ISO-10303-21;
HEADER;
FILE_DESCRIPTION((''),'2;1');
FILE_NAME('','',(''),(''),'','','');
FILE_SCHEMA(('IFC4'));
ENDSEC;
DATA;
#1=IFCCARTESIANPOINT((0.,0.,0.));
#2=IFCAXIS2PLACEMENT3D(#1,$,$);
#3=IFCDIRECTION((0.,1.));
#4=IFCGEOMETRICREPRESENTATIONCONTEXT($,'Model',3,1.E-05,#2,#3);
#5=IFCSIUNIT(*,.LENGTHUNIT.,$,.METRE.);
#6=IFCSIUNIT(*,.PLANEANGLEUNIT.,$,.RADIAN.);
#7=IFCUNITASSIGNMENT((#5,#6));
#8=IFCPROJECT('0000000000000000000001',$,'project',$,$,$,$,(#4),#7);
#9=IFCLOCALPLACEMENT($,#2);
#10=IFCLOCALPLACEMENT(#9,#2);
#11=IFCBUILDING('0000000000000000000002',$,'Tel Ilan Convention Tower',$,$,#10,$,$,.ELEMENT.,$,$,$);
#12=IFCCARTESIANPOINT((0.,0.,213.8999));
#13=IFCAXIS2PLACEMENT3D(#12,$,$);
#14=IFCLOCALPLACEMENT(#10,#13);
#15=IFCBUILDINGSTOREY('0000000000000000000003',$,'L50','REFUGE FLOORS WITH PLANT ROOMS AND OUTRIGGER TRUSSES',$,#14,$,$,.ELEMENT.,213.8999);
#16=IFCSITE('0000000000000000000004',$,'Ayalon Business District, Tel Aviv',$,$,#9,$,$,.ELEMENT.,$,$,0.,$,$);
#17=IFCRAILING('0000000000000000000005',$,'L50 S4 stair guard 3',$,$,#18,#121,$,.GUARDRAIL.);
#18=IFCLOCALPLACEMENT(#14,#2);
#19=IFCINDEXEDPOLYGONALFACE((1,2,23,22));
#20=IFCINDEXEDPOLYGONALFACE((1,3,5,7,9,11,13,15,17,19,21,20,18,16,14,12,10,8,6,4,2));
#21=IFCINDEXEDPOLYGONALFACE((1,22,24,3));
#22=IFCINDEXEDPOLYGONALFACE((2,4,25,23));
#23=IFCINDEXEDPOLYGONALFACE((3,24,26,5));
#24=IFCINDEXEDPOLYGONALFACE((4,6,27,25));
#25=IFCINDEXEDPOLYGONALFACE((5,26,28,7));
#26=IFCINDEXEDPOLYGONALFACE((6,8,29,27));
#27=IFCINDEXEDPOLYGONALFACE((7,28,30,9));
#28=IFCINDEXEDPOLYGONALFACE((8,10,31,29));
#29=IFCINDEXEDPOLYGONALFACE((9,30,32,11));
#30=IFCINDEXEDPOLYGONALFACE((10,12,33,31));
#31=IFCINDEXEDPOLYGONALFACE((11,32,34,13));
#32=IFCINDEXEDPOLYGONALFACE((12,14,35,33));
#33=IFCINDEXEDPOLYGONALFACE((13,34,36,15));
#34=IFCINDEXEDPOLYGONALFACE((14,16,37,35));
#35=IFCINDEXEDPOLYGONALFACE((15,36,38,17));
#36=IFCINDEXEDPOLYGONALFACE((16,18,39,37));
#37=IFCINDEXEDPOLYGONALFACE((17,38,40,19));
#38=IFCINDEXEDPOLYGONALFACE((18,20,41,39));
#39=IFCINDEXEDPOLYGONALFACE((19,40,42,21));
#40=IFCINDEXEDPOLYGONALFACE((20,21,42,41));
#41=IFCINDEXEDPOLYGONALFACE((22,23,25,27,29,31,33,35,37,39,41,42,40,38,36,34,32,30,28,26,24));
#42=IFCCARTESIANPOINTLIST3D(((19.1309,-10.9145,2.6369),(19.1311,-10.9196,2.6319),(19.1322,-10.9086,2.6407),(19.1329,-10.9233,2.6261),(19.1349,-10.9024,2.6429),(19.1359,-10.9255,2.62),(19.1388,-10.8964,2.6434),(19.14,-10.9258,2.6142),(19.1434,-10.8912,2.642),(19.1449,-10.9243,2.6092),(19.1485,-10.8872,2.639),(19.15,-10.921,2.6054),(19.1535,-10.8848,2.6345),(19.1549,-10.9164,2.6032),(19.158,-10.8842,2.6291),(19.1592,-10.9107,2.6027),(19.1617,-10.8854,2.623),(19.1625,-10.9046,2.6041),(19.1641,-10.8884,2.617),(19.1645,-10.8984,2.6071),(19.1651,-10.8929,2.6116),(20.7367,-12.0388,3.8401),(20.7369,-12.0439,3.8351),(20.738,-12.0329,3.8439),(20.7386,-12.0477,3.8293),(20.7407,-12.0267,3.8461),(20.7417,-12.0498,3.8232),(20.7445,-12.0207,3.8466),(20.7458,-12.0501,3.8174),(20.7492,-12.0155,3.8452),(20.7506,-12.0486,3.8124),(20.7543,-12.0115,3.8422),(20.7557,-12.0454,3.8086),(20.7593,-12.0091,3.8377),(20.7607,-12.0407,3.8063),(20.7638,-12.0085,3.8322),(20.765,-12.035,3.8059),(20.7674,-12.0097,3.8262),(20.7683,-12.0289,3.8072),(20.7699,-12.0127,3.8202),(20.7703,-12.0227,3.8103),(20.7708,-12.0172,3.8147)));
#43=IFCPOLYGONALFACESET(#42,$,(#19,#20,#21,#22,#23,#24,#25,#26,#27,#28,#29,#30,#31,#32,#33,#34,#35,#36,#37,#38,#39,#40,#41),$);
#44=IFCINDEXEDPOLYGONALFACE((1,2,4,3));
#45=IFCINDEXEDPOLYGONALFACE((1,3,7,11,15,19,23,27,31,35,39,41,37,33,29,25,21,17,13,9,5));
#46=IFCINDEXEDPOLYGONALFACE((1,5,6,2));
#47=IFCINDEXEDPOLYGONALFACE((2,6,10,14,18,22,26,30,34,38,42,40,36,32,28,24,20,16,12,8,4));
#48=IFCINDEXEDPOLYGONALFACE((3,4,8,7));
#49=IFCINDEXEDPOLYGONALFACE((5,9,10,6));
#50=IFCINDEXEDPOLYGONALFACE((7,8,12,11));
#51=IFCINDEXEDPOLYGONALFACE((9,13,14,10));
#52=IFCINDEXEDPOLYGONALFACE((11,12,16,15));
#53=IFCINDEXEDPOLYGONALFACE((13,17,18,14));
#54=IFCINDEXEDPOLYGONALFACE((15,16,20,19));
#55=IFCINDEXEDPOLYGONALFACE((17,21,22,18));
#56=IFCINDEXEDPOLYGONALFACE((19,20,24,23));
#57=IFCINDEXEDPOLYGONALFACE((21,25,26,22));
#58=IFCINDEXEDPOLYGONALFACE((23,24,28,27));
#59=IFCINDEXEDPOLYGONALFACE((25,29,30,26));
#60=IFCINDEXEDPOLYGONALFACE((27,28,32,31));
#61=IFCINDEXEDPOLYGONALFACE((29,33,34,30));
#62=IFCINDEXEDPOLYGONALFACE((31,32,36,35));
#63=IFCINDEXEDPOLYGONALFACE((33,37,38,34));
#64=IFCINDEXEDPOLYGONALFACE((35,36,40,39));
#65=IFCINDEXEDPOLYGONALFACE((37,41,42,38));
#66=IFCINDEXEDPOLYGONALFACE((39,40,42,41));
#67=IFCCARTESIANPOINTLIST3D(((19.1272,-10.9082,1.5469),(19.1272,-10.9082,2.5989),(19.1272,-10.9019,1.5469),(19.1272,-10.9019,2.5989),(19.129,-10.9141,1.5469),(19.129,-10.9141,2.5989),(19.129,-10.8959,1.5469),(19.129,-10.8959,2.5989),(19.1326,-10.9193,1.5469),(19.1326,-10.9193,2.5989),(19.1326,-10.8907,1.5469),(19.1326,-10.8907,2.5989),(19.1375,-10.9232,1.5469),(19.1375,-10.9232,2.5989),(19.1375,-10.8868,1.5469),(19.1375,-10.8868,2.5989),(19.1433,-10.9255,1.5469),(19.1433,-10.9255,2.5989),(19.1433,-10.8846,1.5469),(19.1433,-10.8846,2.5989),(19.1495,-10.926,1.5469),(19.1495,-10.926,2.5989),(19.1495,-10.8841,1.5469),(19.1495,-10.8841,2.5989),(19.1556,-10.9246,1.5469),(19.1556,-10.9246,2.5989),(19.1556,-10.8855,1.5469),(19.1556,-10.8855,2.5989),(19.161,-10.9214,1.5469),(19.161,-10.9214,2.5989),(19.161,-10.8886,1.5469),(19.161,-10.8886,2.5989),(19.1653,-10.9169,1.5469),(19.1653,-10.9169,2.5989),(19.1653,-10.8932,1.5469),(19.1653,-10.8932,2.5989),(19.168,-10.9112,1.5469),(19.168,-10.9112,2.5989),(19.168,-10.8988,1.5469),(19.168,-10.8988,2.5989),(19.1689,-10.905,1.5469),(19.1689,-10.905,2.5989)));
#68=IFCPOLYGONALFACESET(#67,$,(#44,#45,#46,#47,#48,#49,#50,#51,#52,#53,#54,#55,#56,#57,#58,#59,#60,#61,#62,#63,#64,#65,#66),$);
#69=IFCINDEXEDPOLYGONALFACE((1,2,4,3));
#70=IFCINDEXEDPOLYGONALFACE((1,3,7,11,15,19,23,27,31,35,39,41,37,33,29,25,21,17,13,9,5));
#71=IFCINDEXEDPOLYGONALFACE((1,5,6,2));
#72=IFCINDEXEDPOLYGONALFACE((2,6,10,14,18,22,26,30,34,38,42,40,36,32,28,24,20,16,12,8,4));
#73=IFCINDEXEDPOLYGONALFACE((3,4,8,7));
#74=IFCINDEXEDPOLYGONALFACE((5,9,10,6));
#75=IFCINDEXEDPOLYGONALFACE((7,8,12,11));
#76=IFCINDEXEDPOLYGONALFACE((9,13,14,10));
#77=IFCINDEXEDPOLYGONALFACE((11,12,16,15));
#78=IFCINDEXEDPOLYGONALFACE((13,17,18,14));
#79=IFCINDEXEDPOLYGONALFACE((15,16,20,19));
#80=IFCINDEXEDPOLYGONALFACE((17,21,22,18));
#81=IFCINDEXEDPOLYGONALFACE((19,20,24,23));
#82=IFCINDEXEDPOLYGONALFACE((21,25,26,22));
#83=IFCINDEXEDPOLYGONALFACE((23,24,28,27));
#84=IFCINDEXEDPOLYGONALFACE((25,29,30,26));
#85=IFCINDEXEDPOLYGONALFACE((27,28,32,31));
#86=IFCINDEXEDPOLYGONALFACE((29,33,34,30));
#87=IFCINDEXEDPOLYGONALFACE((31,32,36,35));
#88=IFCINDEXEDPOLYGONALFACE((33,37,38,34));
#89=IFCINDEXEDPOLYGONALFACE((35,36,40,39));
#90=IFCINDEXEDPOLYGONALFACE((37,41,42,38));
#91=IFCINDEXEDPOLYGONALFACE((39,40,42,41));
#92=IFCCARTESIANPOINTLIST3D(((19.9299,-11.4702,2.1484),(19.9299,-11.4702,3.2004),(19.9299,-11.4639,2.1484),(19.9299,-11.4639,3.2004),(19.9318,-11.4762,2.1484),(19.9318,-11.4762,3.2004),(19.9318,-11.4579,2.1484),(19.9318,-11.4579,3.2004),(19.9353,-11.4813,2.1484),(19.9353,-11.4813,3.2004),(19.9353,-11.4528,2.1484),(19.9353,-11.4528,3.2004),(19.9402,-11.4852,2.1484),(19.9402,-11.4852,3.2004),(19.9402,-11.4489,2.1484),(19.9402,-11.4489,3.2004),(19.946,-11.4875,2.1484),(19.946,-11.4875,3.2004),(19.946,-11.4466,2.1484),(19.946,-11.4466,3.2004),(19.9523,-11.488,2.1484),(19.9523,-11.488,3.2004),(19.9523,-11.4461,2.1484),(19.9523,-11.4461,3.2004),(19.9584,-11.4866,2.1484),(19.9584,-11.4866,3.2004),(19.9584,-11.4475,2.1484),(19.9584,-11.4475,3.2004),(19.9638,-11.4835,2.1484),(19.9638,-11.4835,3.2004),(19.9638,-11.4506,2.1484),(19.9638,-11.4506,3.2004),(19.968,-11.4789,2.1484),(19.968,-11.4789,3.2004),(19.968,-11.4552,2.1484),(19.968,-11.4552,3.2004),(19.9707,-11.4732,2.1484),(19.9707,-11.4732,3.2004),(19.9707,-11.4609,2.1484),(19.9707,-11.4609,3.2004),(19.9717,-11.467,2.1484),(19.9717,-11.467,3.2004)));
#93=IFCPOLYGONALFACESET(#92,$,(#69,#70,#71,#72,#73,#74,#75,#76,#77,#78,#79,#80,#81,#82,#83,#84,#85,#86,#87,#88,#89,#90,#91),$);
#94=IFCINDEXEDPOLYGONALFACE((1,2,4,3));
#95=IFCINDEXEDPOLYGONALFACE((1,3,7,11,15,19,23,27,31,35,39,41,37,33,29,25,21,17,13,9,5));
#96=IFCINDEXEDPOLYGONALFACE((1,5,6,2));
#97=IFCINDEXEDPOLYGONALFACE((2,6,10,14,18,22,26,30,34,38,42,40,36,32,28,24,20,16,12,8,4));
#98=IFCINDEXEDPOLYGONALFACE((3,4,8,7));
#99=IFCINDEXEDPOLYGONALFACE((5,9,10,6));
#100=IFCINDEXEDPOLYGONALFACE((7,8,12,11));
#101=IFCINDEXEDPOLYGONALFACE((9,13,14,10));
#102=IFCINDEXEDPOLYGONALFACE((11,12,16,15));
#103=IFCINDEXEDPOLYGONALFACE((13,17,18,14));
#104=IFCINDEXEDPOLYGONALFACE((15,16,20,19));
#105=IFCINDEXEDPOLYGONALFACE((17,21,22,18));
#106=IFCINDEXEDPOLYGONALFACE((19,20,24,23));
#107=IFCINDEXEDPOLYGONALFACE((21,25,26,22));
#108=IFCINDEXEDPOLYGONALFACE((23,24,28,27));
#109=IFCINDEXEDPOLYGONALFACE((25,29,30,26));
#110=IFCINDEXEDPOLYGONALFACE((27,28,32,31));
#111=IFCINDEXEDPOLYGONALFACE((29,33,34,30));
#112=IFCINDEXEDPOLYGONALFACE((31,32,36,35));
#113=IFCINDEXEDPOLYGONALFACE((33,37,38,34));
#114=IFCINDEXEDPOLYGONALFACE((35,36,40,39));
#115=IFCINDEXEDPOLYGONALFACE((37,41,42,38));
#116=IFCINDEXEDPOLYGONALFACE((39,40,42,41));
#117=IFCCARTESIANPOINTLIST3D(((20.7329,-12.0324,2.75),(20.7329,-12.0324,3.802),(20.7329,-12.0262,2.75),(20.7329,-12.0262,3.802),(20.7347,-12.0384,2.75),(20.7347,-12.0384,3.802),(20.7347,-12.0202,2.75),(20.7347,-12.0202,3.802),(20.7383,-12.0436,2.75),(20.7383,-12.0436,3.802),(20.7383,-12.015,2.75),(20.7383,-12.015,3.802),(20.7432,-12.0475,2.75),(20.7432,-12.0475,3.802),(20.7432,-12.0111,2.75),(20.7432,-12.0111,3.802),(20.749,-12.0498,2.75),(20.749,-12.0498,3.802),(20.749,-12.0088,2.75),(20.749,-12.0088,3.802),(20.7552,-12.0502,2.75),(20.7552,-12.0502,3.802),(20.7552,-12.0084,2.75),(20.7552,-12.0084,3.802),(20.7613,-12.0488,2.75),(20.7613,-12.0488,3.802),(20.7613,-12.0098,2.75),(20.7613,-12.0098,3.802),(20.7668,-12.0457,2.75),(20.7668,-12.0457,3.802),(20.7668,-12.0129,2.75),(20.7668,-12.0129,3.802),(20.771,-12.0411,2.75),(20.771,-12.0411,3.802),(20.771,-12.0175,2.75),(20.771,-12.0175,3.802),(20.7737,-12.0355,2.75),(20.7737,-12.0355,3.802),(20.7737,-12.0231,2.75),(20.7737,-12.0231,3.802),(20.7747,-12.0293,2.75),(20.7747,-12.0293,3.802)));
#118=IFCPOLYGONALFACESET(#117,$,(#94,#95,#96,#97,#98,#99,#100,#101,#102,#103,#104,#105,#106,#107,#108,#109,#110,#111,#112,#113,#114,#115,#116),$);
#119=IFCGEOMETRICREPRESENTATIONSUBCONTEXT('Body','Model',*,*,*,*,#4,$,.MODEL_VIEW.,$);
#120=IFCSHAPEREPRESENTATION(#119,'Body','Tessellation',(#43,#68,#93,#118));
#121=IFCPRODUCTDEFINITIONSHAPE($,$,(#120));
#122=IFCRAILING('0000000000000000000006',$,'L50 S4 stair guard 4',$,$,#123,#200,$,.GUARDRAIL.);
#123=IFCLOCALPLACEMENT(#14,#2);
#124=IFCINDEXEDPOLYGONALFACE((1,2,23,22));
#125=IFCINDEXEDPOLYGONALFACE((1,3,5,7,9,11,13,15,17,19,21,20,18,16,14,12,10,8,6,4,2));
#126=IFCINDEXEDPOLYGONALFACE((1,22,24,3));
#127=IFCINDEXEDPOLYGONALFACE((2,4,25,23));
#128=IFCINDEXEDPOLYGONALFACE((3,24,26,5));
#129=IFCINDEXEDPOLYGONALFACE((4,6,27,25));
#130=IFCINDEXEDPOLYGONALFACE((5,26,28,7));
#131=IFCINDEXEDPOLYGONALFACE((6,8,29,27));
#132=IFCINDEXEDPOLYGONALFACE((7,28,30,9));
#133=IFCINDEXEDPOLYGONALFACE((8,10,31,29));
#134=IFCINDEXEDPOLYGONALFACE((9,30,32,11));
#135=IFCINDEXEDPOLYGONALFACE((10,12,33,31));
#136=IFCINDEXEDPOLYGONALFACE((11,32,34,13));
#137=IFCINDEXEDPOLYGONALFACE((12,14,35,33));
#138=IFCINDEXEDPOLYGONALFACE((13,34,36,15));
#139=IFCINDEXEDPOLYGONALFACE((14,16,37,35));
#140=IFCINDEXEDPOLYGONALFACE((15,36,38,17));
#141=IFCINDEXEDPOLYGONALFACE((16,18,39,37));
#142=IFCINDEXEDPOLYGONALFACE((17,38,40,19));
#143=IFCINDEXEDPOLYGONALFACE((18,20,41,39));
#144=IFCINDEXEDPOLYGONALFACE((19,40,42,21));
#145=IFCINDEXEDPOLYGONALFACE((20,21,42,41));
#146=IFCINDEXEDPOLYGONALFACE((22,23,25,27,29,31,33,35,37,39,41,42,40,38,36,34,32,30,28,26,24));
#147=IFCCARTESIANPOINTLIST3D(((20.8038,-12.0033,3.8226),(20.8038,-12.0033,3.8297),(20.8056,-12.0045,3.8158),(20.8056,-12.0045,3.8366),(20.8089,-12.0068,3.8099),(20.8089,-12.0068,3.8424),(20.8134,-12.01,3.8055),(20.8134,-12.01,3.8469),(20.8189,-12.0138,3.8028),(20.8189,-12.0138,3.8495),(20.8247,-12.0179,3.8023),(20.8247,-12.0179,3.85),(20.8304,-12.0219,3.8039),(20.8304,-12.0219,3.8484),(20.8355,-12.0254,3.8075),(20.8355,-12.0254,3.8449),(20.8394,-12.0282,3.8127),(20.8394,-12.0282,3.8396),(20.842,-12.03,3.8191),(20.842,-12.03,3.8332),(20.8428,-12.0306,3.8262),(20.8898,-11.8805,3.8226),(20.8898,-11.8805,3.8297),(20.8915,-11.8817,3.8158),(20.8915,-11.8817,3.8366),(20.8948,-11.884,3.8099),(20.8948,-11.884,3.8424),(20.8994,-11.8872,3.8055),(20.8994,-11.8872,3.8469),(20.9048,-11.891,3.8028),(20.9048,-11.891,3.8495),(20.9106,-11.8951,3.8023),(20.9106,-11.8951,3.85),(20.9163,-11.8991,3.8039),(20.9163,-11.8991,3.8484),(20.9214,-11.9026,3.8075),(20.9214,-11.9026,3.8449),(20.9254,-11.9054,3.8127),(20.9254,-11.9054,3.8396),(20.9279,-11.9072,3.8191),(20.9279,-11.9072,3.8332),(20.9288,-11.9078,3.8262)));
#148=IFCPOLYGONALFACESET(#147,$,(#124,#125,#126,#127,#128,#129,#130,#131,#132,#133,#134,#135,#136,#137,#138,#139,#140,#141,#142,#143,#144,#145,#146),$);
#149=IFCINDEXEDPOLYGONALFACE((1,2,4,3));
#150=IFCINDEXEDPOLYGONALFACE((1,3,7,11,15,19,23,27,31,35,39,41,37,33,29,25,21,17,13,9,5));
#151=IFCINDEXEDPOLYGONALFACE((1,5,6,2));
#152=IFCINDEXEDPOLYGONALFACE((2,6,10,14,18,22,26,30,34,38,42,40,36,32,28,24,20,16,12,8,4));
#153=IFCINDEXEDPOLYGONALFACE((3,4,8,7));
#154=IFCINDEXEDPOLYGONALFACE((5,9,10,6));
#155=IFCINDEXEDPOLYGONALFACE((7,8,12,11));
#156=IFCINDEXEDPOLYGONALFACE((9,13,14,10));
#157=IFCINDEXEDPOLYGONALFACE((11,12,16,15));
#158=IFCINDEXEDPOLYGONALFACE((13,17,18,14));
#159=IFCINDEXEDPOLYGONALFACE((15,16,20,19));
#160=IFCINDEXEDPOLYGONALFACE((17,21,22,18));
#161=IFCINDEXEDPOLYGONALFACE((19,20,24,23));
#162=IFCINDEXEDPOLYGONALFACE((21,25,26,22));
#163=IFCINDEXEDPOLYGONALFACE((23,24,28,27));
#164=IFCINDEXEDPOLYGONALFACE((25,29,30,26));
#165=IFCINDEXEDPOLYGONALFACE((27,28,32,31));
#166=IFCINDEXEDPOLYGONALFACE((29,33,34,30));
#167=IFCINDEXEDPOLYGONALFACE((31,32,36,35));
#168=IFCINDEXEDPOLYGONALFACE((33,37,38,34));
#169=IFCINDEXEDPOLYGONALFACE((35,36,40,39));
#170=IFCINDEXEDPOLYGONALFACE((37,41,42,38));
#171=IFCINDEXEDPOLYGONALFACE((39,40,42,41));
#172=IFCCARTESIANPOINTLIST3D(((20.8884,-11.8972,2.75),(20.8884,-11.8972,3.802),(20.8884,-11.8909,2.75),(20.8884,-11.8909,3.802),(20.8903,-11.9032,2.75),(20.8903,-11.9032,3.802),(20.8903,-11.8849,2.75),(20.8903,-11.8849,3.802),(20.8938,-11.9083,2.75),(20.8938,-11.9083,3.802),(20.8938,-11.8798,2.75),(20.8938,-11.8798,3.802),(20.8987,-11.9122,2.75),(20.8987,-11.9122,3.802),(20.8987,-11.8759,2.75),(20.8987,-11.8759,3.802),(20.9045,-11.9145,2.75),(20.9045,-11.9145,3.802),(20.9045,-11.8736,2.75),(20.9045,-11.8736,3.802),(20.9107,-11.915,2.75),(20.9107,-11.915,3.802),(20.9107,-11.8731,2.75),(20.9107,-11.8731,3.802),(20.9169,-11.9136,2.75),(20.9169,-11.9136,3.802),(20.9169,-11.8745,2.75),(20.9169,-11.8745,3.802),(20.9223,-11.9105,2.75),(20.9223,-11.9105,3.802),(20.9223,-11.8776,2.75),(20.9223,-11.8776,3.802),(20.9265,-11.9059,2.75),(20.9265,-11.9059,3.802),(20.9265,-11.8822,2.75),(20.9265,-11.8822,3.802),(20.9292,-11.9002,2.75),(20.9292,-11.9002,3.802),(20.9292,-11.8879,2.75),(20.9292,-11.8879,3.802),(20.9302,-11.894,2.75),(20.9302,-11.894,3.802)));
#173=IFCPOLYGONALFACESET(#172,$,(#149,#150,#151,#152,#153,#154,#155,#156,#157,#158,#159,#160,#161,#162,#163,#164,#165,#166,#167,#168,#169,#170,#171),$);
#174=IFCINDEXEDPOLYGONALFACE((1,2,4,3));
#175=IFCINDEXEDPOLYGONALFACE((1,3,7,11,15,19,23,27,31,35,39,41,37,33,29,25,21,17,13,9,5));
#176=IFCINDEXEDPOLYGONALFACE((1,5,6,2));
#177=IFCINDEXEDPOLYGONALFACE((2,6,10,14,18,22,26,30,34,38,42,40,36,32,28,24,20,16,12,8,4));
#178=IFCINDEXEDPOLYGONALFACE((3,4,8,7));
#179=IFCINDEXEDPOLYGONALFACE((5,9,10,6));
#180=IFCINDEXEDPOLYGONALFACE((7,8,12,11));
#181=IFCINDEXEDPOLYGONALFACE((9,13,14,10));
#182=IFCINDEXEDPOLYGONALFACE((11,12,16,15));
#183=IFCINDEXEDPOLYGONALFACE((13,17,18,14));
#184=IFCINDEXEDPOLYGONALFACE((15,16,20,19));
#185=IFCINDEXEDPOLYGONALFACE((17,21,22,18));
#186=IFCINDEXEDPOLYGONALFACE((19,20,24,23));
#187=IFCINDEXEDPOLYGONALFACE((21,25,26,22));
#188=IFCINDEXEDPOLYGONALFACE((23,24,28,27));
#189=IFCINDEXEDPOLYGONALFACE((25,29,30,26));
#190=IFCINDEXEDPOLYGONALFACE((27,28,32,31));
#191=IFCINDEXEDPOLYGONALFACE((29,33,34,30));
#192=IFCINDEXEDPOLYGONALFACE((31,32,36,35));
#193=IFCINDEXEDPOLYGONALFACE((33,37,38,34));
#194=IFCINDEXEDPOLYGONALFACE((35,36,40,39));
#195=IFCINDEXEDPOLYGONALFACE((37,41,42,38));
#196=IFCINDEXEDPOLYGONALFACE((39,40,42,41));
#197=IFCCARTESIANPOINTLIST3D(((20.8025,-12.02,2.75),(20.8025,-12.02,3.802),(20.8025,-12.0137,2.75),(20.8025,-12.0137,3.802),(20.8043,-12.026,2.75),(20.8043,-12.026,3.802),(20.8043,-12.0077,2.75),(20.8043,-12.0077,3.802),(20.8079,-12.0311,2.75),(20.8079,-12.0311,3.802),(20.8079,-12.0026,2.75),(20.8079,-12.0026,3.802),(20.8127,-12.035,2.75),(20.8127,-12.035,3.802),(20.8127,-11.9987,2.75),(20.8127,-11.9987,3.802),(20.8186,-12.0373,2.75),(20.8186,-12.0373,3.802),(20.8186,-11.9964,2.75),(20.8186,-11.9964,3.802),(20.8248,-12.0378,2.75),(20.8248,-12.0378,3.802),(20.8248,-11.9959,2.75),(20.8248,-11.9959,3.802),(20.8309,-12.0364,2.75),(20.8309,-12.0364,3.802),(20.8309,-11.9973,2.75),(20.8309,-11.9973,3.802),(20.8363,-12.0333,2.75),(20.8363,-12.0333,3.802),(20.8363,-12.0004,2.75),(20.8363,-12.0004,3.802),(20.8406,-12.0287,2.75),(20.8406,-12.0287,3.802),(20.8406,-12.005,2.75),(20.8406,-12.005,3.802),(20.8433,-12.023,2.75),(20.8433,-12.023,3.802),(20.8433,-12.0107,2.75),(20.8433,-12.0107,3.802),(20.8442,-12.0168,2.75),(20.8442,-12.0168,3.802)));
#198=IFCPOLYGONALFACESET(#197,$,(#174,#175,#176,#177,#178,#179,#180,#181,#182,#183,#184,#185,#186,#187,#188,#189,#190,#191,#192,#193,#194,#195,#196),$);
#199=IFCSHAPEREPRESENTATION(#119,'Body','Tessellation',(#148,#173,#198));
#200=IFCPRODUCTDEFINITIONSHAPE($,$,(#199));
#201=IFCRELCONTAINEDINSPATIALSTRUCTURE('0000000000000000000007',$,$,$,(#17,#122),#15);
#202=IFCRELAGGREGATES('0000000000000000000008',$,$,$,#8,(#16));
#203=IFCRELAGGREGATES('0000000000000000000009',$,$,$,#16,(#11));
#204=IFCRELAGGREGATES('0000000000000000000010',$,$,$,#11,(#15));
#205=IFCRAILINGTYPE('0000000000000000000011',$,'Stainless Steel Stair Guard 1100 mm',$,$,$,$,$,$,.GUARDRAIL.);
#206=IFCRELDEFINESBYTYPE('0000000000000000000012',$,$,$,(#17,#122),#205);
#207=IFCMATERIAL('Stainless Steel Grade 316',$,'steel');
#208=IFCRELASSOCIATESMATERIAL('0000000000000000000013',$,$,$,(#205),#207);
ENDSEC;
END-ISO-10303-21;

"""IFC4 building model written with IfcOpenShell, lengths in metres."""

from ifc_helpers import new_model, si_unit, direction, frame, origin, origin_2d, place, context, subcontext, project, spatial, circle, extrude, material, type_object, element, save


model = new_model("IFC4")

# Units and contexts
model_context = context("Model", 3, precision=1e-05, world=origin(), true_north=direction((0.0, 1.0)))
body_context = subcontext(model_context, "Body", "Model", "MODEL_VIEW")
ifc_project = project(units=[si_unit("LENGTHUNIT", "METRE"), si_unit("PLANEANGLEUNIT", "RADIAN")], contexts=[model_context])

# Site, building, storey
site_placement = place(None, origin())
site = spatial("IfcSite", under=ifc_project, at=site_placement, Name="Ayalon Business District, Tel Aviv", CompositionType="ELEMENT", RefElevation=0.0)
building_placement = place(site_placement, origin())
building = spatial("IfcBuilding", under=site, at=building_placement, Name="Tel Ilan Convention Tower", CompositionType="ELEMENT")
storey_placement = place(building_placement, frame((0.0, 0.0, 213.8999)))
storey = spatial("IfcBuildingStorey", under=building, at=storey_placement, Name="L50", Description="REFUGE FLOORS WITH PLANT ROOMS AND OUTRIGGER TRUSSES", CompositionType="ELEMENT", Elevation=213.8999)

# Railings
ifc_material_1 = material(Name="Stainless Steel Grade 316", Category="steel")
railing_type_1 = type_object("IfcRailingType", Name="Stainless Steel Stair Guard 1100 mm", PredefinedType="GUARDRAIL", material=ifc_material_1)
railing_1_placement = place(storey_placement, frame((19.1479, -10.905, 1.5469)))
element("IfcRailing", 1, at=railing_1_placement, inside=storey, type_object=railing_type_1, Name="L50 S4 stair guard 3", PredefinedType="GUARDRAIL", context=body_context, shape_type="SweptSolid", body=[
    extrude(circle(Radius=0.0239, at=origin_2d()), frame((0.0, 0.0, 1.0762), z_axis=(0.698149, -0.488821, 0.523108), x_axis=(0.573554, 0.819168, 0.0)), (0.0, 0.0, 1.0), 2.3),
    extrude(circle(Radius=0.021, at=origin_2d()), origin(), (0.0, 0.0, 1.0), 1.052),
    extrude(circle(Radius=0.021, at=origin_2d()), frame((0.8027, -0.562, 0.6016)), (0.0, 0.0, 1.0), 1.052),
    extrude(circle(Radius=0.021, at=origin_2d()), frame((1.6057, -1.1243, 1.2031)), (0.0, 0.0, 1.0), 1.052),
])
railing_2_placement = place(storey_placement, frame((20.9092, -11.894, 2.75)))
element("IfcRailing", 2, at=railing_2_placement, inside=storey, type_object=railing_type_1, Name="L50 S4 stair guard 4", PredefinedType="GUARDRAIL", context=body_context, shape_type="SweptSolid", body=[
    extrude(circle(Radius=0.0239, at=origin_2d()), frame((0.0, 0.0, 1.0762), z_axis=(-0.573353, -0.819308, 0.0), x_axis=(0.819308, -0.573353, 0.0)), (0.0, 0.0, 1.0), 0.1499),
    extrude(circle(Radius=0.021, at=origin_2d()), origin(), (0.0, 0.0, 1.0), 1.052),
    extrude(circle(Radius=0.021, at=origin_2d()), frame((-0.0859, -0.1228, 0.0)), (0.0, 0.0, 1.0), 1.052),
])

save(model, "model.ifc")
